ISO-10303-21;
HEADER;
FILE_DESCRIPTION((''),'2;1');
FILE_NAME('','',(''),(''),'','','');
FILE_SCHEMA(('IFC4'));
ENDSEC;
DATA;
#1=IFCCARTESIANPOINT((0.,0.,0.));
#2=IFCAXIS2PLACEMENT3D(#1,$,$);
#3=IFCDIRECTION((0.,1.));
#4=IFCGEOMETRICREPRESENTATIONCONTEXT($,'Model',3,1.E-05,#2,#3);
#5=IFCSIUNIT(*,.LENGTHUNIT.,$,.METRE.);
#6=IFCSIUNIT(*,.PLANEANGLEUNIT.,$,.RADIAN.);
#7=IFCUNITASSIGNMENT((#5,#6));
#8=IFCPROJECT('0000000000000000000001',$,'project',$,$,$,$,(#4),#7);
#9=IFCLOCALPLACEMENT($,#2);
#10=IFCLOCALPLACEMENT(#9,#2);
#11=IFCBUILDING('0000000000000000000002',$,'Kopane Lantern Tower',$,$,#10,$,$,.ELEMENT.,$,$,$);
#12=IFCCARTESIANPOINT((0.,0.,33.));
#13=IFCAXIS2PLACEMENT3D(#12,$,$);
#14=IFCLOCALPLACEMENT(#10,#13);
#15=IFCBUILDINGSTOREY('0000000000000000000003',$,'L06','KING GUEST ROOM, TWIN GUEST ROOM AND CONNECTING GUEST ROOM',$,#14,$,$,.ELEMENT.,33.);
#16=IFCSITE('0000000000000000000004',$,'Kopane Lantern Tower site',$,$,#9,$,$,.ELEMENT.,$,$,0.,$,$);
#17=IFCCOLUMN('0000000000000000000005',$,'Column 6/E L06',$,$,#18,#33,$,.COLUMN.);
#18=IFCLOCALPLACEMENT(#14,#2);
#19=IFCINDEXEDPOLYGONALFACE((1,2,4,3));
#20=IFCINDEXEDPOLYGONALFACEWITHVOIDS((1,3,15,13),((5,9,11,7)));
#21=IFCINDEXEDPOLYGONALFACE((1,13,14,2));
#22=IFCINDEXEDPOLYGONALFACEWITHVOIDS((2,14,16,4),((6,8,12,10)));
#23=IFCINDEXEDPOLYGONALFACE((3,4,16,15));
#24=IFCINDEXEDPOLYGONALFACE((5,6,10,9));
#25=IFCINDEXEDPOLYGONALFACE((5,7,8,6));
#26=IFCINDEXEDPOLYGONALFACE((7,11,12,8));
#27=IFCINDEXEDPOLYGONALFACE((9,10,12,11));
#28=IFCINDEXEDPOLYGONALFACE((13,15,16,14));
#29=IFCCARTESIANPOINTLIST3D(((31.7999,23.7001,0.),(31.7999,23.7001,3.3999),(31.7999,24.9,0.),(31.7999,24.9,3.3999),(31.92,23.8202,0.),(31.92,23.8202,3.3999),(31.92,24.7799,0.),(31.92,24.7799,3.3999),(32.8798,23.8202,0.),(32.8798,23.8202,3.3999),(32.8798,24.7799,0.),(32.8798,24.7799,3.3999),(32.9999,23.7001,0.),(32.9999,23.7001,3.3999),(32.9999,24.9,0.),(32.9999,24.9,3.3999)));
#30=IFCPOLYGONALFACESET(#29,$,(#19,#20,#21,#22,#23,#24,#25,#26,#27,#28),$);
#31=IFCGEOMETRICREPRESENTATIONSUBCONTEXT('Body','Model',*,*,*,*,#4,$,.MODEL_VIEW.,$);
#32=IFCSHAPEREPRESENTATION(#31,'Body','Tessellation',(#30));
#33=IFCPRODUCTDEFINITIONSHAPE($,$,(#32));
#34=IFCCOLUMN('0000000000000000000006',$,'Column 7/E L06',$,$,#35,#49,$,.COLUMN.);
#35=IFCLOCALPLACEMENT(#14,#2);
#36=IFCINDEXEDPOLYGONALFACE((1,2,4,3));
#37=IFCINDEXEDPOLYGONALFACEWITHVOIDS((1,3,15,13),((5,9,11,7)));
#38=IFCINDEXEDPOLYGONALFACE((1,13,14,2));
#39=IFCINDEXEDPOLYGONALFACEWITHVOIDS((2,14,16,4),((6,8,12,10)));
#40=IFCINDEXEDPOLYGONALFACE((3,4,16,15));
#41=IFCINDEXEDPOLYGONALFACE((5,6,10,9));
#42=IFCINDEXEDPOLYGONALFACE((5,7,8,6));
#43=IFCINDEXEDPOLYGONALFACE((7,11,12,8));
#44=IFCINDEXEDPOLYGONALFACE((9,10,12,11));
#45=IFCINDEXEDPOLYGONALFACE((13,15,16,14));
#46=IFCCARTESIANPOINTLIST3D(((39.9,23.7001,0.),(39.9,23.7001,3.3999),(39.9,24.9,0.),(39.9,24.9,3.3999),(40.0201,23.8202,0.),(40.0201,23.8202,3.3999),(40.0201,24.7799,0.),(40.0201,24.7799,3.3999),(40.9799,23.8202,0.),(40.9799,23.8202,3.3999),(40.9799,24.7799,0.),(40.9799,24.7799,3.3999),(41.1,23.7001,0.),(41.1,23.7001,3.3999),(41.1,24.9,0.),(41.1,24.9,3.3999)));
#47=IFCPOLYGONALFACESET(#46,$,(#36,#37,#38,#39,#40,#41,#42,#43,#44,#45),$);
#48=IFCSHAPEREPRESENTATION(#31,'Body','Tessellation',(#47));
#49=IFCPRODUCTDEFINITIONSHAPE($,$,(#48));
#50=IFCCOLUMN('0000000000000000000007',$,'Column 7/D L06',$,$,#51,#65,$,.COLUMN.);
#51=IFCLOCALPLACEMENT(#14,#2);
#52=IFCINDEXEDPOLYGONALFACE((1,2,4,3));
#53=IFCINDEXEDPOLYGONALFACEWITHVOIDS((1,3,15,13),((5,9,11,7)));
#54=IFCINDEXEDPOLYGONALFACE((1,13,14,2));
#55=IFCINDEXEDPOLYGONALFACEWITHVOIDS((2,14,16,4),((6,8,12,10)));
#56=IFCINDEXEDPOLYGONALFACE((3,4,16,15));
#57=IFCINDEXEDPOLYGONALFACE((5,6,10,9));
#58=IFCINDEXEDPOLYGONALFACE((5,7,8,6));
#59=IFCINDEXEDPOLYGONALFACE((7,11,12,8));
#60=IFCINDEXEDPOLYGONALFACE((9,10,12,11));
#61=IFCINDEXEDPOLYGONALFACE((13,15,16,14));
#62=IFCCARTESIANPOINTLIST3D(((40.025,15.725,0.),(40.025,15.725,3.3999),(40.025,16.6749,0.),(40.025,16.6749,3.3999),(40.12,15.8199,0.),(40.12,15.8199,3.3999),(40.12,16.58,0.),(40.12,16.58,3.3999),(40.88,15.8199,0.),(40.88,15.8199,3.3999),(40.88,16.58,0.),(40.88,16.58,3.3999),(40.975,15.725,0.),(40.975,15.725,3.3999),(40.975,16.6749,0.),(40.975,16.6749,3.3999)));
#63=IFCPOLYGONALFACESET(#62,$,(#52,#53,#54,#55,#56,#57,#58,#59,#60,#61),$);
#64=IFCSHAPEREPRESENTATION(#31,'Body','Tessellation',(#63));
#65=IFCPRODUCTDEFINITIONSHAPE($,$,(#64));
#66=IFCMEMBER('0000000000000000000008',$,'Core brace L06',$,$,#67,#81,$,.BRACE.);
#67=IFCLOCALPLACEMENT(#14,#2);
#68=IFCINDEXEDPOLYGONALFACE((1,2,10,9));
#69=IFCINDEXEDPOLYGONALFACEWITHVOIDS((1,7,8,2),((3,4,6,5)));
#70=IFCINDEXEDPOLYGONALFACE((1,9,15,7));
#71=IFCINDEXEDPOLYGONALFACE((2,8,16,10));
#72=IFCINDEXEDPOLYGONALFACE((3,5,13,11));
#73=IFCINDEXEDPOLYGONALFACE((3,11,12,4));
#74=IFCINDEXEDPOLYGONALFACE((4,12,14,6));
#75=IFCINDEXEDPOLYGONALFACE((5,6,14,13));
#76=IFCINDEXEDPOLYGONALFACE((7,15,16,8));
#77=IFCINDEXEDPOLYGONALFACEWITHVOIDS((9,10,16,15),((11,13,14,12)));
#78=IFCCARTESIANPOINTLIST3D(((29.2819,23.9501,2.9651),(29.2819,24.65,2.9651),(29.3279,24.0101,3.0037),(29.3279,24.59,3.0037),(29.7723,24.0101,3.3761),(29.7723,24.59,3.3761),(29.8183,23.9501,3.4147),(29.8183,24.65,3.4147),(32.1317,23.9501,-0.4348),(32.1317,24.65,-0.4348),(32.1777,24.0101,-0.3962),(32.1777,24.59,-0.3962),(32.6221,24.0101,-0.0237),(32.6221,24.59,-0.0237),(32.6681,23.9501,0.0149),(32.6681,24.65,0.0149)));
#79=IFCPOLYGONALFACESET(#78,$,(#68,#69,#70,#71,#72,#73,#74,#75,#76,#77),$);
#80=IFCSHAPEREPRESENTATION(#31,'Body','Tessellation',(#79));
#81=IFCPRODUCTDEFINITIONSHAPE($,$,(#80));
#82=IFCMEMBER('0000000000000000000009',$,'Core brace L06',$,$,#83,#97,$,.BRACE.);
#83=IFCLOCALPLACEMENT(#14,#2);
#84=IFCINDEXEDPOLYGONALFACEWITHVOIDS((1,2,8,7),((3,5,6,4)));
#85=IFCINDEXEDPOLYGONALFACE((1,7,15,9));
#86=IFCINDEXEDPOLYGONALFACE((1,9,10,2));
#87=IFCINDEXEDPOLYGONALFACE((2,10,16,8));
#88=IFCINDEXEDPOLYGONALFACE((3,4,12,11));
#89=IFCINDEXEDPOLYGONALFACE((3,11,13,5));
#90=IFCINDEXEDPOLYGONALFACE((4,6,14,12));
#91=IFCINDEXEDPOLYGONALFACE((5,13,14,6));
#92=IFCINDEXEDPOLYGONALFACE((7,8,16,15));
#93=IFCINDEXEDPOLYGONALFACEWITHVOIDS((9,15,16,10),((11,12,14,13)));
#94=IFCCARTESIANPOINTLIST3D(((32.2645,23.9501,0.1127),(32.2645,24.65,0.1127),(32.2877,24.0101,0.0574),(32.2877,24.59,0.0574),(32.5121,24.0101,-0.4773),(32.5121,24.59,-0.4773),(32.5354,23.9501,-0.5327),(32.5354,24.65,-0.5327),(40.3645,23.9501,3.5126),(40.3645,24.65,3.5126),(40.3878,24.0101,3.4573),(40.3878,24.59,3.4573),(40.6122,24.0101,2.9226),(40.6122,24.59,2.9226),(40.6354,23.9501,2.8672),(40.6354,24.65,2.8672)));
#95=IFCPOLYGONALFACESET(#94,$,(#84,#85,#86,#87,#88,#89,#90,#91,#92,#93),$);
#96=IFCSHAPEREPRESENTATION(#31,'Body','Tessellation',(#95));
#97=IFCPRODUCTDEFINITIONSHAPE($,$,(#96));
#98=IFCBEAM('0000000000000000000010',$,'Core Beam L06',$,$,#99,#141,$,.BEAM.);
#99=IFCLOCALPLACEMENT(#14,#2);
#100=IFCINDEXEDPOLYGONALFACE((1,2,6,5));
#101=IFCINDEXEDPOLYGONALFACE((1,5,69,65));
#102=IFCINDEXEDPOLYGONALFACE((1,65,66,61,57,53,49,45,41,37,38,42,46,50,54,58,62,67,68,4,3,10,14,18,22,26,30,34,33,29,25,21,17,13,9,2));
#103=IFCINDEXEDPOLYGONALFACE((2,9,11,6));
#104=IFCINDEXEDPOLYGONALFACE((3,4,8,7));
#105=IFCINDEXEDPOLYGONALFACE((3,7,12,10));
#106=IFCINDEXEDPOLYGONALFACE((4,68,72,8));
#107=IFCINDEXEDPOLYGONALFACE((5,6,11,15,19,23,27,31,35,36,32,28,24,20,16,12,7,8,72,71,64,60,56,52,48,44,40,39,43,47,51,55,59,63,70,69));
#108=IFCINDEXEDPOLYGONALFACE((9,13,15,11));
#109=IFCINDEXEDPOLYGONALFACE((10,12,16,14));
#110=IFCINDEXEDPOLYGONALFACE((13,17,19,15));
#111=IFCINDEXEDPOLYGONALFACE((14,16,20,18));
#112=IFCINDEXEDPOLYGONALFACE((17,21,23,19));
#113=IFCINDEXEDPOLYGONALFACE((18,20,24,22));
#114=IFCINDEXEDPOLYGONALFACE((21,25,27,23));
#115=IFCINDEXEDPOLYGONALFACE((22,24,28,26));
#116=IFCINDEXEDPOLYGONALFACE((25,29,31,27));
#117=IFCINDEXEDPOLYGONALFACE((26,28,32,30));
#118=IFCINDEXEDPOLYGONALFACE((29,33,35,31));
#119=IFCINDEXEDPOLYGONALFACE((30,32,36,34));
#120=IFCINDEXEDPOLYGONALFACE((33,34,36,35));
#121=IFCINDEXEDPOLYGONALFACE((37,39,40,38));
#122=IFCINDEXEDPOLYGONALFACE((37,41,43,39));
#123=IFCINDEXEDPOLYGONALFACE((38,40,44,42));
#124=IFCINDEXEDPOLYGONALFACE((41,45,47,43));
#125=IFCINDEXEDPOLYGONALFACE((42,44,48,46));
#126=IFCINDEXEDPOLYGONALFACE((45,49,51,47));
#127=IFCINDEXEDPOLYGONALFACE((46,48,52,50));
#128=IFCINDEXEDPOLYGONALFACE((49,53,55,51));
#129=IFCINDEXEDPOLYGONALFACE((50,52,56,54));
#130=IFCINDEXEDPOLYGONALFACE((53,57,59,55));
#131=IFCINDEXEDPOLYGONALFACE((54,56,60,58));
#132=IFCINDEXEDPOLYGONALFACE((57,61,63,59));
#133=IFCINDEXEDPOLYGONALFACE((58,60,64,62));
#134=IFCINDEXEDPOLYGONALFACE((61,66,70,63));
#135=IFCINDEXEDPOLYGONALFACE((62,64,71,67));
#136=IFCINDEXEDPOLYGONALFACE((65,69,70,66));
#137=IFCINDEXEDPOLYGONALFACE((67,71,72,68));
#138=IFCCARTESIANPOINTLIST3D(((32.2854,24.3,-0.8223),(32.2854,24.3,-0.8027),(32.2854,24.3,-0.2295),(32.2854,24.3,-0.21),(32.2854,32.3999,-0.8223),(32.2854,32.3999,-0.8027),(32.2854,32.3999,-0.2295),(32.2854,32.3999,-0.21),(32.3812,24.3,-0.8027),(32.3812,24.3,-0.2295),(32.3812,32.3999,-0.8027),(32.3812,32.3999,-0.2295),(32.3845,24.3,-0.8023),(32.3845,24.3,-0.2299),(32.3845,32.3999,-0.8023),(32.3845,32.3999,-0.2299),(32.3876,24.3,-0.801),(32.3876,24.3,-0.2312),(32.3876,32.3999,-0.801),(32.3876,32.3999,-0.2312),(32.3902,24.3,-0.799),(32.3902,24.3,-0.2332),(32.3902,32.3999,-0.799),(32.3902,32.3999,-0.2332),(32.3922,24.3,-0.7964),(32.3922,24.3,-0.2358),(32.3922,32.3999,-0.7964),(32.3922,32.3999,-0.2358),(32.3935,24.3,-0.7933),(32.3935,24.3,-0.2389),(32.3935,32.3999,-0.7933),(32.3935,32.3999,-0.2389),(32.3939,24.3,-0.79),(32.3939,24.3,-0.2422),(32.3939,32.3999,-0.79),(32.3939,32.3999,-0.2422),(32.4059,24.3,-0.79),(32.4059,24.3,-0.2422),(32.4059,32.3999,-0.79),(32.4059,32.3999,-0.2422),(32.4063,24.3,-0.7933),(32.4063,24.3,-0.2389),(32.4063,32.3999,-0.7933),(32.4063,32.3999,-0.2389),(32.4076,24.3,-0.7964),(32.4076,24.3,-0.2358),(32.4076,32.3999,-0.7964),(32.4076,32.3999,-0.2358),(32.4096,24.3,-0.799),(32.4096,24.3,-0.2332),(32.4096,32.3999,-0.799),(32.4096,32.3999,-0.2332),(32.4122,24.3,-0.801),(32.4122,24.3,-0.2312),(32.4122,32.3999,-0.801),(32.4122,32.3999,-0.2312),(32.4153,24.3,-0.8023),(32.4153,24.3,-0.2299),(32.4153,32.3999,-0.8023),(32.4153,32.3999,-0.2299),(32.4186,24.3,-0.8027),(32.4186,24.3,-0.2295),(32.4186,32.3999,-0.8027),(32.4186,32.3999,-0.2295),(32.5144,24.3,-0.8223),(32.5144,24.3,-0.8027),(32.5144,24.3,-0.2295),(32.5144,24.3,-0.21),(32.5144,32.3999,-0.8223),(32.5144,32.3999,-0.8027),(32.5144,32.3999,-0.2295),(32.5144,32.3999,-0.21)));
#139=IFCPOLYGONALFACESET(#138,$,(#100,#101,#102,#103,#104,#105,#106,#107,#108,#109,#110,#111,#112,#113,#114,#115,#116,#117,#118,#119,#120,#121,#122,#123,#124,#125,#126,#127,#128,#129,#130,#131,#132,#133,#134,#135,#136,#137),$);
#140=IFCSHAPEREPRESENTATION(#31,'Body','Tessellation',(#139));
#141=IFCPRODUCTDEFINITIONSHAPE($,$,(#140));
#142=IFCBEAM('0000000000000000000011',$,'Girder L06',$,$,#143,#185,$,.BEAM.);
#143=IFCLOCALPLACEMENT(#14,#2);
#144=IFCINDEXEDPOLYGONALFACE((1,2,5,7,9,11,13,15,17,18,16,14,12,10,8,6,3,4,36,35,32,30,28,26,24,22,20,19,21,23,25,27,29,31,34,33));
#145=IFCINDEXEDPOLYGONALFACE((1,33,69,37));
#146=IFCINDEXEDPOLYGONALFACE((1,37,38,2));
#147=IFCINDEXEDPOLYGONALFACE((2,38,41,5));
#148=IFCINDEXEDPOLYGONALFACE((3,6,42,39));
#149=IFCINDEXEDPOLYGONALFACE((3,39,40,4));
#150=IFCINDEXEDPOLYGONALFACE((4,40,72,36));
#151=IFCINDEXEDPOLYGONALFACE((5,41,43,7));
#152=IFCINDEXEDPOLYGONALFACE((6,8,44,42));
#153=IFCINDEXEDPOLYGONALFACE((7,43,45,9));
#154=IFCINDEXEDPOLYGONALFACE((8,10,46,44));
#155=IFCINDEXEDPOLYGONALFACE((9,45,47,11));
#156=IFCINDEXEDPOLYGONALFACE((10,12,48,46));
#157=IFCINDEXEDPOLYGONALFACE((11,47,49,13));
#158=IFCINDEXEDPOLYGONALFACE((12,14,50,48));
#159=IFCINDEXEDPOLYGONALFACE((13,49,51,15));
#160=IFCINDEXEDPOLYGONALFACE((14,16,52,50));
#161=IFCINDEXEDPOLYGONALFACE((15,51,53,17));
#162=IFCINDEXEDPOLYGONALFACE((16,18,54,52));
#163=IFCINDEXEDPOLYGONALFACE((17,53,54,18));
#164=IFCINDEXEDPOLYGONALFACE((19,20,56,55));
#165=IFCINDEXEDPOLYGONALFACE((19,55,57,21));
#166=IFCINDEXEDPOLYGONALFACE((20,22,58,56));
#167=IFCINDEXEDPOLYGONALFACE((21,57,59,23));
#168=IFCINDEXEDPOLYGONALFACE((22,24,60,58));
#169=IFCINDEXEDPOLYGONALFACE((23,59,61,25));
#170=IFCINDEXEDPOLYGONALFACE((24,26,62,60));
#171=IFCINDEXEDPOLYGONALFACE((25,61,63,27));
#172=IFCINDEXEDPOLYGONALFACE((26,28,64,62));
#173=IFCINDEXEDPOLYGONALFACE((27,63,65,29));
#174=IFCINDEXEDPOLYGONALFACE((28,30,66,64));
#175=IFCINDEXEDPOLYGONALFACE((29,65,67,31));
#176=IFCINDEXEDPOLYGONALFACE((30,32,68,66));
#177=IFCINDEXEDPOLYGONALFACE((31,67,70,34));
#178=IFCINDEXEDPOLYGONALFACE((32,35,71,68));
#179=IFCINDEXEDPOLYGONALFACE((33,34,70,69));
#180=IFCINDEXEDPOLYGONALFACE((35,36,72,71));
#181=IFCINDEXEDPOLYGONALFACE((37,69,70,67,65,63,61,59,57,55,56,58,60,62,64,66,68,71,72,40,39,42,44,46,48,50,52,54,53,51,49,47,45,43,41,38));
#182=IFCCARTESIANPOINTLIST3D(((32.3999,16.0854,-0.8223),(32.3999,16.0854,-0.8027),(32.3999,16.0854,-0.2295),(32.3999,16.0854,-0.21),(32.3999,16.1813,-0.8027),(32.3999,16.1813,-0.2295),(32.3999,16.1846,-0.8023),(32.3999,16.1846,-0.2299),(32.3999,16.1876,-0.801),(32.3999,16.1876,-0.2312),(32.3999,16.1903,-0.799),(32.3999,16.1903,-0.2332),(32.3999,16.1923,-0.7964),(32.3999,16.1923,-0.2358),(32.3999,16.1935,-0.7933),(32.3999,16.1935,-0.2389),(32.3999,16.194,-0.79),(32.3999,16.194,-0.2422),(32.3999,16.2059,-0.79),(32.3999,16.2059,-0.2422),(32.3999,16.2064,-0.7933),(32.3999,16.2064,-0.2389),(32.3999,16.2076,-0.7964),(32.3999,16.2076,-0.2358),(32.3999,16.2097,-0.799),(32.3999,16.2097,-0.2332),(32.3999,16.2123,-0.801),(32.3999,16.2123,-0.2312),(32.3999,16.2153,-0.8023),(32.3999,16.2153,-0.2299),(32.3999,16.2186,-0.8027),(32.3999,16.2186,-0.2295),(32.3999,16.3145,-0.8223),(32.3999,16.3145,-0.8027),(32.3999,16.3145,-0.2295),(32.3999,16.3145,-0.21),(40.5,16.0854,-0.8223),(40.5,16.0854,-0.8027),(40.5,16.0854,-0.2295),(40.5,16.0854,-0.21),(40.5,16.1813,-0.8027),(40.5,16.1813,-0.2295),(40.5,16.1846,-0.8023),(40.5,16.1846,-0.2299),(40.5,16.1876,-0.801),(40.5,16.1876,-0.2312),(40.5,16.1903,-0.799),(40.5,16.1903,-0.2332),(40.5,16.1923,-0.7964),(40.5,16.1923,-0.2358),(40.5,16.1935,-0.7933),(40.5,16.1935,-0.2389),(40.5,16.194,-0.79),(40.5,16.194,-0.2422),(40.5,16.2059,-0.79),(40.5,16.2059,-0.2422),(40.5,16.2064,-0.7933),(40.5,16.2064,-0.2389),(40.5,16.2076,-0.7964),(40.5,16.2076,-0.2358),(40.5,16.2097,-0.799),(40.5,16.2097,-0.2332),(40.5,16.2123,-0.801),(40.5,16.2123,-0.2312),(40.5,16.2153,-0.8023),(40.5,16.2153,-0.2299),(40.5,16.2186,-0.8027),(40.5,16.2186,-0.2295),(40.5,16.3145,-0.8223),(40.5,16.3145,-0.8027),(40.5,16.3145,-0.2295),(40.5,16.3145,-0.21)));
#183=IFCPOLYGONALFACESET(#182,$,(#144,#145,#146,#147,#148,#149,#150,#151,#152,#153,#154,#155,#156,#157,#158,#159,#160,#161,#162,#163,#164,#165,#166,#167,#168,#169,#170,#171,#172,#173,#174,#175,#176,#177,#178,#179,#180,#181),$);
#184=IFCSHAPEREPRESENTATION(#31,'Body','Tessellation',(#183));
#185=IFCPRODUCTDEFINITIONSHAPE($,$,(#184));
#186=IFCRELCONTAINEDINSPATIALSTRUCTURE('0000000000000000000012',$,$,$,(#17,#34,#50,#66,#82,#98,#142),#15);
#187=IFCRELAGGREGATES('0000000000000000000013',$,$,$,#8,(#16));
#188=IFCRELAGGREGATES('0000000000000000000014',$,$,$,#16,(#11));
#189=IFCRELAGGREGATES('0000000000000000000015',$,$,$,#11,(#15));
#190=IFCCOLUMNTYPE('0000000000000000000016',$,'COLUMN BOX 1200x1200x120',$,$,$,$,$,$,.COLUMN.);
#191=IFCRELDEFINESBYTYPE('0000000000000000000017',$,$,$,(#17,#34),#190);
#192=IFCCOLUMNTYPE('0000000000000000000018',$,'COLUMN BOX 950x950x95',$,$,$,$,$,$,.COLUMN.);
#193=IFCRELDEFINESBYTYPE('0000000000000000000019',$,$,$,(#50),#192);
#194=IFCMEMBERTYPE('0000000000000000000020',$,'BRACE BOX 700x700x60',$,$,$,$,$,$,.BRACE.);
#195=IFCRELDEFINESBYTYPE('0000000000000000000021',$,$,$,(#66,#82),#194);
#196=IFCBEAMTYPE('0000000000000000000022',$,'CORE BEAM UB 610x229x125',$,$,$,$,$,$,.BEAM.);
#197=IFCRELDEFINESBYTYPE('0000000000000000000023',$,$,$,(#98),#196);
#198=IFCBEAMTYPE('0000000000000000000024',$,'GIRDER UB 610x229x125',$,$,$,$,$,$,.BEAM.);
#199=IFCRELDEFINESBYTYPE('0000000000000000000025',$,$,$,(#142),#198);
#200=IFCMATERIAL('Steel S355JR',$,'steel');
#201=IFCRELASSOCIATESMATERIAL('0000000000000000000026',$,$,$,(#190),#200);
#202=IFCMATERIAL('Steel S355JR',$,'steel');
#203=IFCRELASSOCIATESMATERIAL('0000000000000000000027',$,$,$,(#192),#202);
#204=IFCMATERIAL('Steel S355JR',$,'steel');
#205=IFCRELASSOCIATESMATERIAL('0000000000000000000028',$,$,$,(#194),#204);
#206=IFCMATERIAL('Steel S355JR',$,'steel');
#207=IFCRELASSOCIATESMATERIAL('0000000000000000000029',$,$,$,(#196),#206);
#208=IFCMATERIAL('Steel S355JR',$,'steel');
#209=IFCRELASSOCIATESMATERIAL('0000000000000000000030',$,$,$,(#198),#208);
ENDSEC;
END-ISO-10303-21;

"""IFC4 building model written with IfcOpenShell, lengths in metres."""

from ifc_helpers import new_model, si_unit, direction, frame, origin, origin_2d, place, context, subcontext, project, spatial, hollow_rectangle, i_section, extrude, material, material_profile, profile_set, type_object, element, save


model = new_model("IFC4")

# Units and contexts
model_context = context("Model", 3, precision=1e-05, world=origin(), true_north=direction((0.0, 1.0)))
body_context = subcontext(model_context, "Body", "Model", "MODEL_VIEW")
ifc_project = project(units=[si_unit("LENGTHUNIT", "METRE"), si_unit("PLANEANGLEUNIT", "RADIAN")], contexts=[model_context])

# Site, building, storey
site_placement = place(None, origin())
site = spatial("IfcSite", under=ifc_project, at=site_placement, Name="Kopane Lantern Tower site", CompositionType="ELEMENT", RefElevation=0.0)
building_placement = place(site_placement, origin())
building = spatial("IfcBuilding", under=site, at=building_placement, Name="Kopane Lantern Tower", CompositionType="ELEMENT")
storey_placement = place(building_placement, frame((0.0, 0.0, 33.0)))
storey = spatial("IfcBuildingStorey", under=building, at=storey_placement, Name="L06", Description="KING GUEST ROOM, TWIN GUEST ROOM AND CONNECTING GUEST ROOM", CompositionType="ELEMENT", Elevation=33.0)

# Columns
ifc_material_1 = material(Name="Steel S355JR", Category="steel")
ifc_material_profile_1 = material_profile(ifc_material_1, hollow_rectangle(XDim=1.2, YDim=1.2, WallThickness=0.1201, at=origin_2d()), Name="BOX 1200x1200x120")
ifc_profile_set_1 = profile_set([ifc_material_profile_1], Name="Steel S355JR")
column_type_1 = type_object("IfcColumnType", Name="COLUMN BOX 1200x1200x120", PredefinedType="COLUMN", material=ifc_profile_set_1)
for number, where, z_axis, x_axis, name in (
    (1, (32.3999, 24.3, 0.0), (0.0, 0.0, 1.0), (1.0, 0.0, 0.0), "Column 6/E L06"),
    (2, (40.5, 24.3, 0.0), (0.0, 0.0, 1.0), (1.0, 0.0, 0.0), "Column 7/E L06"),
):
    element("IfcColumn", number, at=place(storey_placement, frame(where, z_axis=z_axis, x_axis=x_axis)), inside=storey, type_object=column_type_1, Name=name, PredefinedType="COLUMN", context=body_context, shape_type="SweptSolid", body=[
        extrude(hollow_rectangle(XDim=1.2, YDim=1.2, WallThickness=0.1201, at=origin_2d()), origin(), (0.0, 0.0, 1.0), 3.3999),
    ])
ifc_material_2 = material(Name="Steel S355JR", Category="steel")
ifc_material_profile_2 = material_profile(ifc_material_2, hollow_rectangle(XDim=0.95, YDim=0.95, WallThickness=0.095, at=origin_2d()), Name="BOX 950x950x95")
ifc_profile_set_2 = profile_set([ifc_material_profile_2], Name="Steel S355JR")
column_type_2 = type_object("IfcColumnType", Name="COLUMN BOX 950x950x95", PredefinedType="COLUMN", material=ifc_profile_set_2)
column_placement = place(storey_placement, frame((40.5, 16.2, 0.0), z_axis=(0.0, 0.0, 1.0), x_axis=(1.0, 0.0, 0.0)))
element("IfcColumn", 3, at=column_placement, inside=storey, type_object=column_type_2, Name="Column 7/D L06", PredefinedType="COLUMN", context=body_context, shape_type="SweptSolid", body=[
    extrude(hollow_rectangle(XDim=0.95, YDim=0.95, WallThickness=0.095, at=origin_2d()), origin(), (0.0, 0.0, 1.0), 3.3999),
])

# Members
ifc_material_3 = material(Name="Steel S355JR", Category="steel")
ifc_material_profile_3 = material_profile(ifc_material_3, hollow_rectangle(XDim=0.7, YDim=0.7, WallThickness=0.0601, at=origin_2d()), Name="BOX 700x700x60")
ifc_profile_set_3 = profile_set([ifc_material_profile_3], Name="Steel S355JR")
member_type = type_object("IfcMemberType", Name="BRACE BOX 700x700x60", PredefinedType="BRACE", material=ifc_profile_set_3)
member_1_placement = place(storey_placement, frame((32.3999, 24.3, -0.21), z_axis=(-0.64239, 0.0, 0.766378), x_axis=(0.0, -1.0, 0.0)))
element("IfcMember", 4, at=member_1_placement, inside=storey, type_object=member_type, Name="Core brace L06", PredefinedType="BRACE", context=body_context, shape_type="SweptSolid", body=[
    extrude(hollow_rectangle(XDim=0.7, YDim=0.7, WallThickness=0.0601, at=origin_2d()), origin(), (0.0, 0.0, 1.0), 4.4363),
])
member_2_placement = place(storey_placement, frame((32.3999, 24.3, -0.21), z_axis=(0.922069, 0.0, 0.387026), x_axis=(0.0, 1.0, 0.0)))
element("IfcMember", 5, at=member_2_placement, inside=storey, type_object=member_type, Name="Core brace L06", PredefinedType="BRACE", context=body_context, shape_type="SweptSolid", body=[
    extrude(hollow_rectangle(XDim=0.7, YDim=0.7, WallThickness=0.0601, at=origin_2d()), origin(), (0.0, 0.0, 1.0), 8.7847),
])

# Beams
ifc_material_4 = material(Name="Steel S355JR", Category="steel")
ifc_material_profile_4 = material_profile(ifc_material_4, i_section(OverallWidth=0.229, OverallDepth=0.6123, WebThickness=0.012, FlangeThickness=0.0195, FilletRadius=0.0127, at=origin_2d()), Name="UB 610x229x125")
ifc_profile_set_4 = profile_set([ifc_material_profile_4], Name="Steel S355JR")
beam_type_1 = type_object("IfcBeamType", Name="CORE BEAM UB 610x229x125", PredefinedType="BEAM", material=ifc_profile_set_4)
beam_1_placement = place(storey_placement, frame((32.3999, 24.3, -0.5161), z_axis=(0.0, 1.0, 0.0), x_axis=(-1.0, 0.0, 0.0)))
element("IfcBeam", 6, at=beam_1_placement, inside=storey, type_object=beam_type_1, Name="Core Beam L06", PredefinedType="BEAM", context=body_context, shape_type="SweptSolid", body=[
    extrude(i_section(OverallWidth=0.229, OverallDepth=0.6123, WebThickness=0.012, FlangeThickness=0.0195, FilletRadius=0.0127, at=origin_2d()), origin(), (0.0, 0.0, 1.0), 8.0999),
])
ifc_material_5 = material(Name="Steel S355JR", Category="steel")
ifc_material_profile_5 = material_profile(ifc_material_5, i_section(OverallWidth=0.229, OverallDepth=0.6123, WebThickness=0.012, FlangeThickness=0.0195, FilletRadius=0.0127, at=origin_2d()), Name="UB 610x229x125")
ifc_profile_set_5 = profile_set([ifc_material_profile_5], Name="Steel S355JR")
beam_type_2 = type_object("IfcBeamType", Name="GIRDER UB 610x229x125", PredefinedType="BEAM", material=ifc_profile_set_5)
for number, where, z_axis, x_axis, name in (
    (7, (32.3999, 16.2, -0.5161), (1.0, 0.0, 0.0), (0.0, 1.0, 0.0), "Girder L06"),
):
    element("IfcBeam", number, at=place(storey_placement, frame(where, z_axis=z_axis, x_axis=x_axis)), inside=storey, type_object=beam_type_2, Name=name, PredefinedType="BEAM", context=body_context, shape_type="SweptSolid", body=[
        extrude(i_section(OverallWidth=0.229, OverallDepth=0.6123, WebThickness=0.012, FlangeThickness=0.0195, FilletRadius=0.0127, at=origin_2d()), origin(), (0.0, 0.0, 1.0), 8.1001),
    ])

save(model, "model.ifc")
